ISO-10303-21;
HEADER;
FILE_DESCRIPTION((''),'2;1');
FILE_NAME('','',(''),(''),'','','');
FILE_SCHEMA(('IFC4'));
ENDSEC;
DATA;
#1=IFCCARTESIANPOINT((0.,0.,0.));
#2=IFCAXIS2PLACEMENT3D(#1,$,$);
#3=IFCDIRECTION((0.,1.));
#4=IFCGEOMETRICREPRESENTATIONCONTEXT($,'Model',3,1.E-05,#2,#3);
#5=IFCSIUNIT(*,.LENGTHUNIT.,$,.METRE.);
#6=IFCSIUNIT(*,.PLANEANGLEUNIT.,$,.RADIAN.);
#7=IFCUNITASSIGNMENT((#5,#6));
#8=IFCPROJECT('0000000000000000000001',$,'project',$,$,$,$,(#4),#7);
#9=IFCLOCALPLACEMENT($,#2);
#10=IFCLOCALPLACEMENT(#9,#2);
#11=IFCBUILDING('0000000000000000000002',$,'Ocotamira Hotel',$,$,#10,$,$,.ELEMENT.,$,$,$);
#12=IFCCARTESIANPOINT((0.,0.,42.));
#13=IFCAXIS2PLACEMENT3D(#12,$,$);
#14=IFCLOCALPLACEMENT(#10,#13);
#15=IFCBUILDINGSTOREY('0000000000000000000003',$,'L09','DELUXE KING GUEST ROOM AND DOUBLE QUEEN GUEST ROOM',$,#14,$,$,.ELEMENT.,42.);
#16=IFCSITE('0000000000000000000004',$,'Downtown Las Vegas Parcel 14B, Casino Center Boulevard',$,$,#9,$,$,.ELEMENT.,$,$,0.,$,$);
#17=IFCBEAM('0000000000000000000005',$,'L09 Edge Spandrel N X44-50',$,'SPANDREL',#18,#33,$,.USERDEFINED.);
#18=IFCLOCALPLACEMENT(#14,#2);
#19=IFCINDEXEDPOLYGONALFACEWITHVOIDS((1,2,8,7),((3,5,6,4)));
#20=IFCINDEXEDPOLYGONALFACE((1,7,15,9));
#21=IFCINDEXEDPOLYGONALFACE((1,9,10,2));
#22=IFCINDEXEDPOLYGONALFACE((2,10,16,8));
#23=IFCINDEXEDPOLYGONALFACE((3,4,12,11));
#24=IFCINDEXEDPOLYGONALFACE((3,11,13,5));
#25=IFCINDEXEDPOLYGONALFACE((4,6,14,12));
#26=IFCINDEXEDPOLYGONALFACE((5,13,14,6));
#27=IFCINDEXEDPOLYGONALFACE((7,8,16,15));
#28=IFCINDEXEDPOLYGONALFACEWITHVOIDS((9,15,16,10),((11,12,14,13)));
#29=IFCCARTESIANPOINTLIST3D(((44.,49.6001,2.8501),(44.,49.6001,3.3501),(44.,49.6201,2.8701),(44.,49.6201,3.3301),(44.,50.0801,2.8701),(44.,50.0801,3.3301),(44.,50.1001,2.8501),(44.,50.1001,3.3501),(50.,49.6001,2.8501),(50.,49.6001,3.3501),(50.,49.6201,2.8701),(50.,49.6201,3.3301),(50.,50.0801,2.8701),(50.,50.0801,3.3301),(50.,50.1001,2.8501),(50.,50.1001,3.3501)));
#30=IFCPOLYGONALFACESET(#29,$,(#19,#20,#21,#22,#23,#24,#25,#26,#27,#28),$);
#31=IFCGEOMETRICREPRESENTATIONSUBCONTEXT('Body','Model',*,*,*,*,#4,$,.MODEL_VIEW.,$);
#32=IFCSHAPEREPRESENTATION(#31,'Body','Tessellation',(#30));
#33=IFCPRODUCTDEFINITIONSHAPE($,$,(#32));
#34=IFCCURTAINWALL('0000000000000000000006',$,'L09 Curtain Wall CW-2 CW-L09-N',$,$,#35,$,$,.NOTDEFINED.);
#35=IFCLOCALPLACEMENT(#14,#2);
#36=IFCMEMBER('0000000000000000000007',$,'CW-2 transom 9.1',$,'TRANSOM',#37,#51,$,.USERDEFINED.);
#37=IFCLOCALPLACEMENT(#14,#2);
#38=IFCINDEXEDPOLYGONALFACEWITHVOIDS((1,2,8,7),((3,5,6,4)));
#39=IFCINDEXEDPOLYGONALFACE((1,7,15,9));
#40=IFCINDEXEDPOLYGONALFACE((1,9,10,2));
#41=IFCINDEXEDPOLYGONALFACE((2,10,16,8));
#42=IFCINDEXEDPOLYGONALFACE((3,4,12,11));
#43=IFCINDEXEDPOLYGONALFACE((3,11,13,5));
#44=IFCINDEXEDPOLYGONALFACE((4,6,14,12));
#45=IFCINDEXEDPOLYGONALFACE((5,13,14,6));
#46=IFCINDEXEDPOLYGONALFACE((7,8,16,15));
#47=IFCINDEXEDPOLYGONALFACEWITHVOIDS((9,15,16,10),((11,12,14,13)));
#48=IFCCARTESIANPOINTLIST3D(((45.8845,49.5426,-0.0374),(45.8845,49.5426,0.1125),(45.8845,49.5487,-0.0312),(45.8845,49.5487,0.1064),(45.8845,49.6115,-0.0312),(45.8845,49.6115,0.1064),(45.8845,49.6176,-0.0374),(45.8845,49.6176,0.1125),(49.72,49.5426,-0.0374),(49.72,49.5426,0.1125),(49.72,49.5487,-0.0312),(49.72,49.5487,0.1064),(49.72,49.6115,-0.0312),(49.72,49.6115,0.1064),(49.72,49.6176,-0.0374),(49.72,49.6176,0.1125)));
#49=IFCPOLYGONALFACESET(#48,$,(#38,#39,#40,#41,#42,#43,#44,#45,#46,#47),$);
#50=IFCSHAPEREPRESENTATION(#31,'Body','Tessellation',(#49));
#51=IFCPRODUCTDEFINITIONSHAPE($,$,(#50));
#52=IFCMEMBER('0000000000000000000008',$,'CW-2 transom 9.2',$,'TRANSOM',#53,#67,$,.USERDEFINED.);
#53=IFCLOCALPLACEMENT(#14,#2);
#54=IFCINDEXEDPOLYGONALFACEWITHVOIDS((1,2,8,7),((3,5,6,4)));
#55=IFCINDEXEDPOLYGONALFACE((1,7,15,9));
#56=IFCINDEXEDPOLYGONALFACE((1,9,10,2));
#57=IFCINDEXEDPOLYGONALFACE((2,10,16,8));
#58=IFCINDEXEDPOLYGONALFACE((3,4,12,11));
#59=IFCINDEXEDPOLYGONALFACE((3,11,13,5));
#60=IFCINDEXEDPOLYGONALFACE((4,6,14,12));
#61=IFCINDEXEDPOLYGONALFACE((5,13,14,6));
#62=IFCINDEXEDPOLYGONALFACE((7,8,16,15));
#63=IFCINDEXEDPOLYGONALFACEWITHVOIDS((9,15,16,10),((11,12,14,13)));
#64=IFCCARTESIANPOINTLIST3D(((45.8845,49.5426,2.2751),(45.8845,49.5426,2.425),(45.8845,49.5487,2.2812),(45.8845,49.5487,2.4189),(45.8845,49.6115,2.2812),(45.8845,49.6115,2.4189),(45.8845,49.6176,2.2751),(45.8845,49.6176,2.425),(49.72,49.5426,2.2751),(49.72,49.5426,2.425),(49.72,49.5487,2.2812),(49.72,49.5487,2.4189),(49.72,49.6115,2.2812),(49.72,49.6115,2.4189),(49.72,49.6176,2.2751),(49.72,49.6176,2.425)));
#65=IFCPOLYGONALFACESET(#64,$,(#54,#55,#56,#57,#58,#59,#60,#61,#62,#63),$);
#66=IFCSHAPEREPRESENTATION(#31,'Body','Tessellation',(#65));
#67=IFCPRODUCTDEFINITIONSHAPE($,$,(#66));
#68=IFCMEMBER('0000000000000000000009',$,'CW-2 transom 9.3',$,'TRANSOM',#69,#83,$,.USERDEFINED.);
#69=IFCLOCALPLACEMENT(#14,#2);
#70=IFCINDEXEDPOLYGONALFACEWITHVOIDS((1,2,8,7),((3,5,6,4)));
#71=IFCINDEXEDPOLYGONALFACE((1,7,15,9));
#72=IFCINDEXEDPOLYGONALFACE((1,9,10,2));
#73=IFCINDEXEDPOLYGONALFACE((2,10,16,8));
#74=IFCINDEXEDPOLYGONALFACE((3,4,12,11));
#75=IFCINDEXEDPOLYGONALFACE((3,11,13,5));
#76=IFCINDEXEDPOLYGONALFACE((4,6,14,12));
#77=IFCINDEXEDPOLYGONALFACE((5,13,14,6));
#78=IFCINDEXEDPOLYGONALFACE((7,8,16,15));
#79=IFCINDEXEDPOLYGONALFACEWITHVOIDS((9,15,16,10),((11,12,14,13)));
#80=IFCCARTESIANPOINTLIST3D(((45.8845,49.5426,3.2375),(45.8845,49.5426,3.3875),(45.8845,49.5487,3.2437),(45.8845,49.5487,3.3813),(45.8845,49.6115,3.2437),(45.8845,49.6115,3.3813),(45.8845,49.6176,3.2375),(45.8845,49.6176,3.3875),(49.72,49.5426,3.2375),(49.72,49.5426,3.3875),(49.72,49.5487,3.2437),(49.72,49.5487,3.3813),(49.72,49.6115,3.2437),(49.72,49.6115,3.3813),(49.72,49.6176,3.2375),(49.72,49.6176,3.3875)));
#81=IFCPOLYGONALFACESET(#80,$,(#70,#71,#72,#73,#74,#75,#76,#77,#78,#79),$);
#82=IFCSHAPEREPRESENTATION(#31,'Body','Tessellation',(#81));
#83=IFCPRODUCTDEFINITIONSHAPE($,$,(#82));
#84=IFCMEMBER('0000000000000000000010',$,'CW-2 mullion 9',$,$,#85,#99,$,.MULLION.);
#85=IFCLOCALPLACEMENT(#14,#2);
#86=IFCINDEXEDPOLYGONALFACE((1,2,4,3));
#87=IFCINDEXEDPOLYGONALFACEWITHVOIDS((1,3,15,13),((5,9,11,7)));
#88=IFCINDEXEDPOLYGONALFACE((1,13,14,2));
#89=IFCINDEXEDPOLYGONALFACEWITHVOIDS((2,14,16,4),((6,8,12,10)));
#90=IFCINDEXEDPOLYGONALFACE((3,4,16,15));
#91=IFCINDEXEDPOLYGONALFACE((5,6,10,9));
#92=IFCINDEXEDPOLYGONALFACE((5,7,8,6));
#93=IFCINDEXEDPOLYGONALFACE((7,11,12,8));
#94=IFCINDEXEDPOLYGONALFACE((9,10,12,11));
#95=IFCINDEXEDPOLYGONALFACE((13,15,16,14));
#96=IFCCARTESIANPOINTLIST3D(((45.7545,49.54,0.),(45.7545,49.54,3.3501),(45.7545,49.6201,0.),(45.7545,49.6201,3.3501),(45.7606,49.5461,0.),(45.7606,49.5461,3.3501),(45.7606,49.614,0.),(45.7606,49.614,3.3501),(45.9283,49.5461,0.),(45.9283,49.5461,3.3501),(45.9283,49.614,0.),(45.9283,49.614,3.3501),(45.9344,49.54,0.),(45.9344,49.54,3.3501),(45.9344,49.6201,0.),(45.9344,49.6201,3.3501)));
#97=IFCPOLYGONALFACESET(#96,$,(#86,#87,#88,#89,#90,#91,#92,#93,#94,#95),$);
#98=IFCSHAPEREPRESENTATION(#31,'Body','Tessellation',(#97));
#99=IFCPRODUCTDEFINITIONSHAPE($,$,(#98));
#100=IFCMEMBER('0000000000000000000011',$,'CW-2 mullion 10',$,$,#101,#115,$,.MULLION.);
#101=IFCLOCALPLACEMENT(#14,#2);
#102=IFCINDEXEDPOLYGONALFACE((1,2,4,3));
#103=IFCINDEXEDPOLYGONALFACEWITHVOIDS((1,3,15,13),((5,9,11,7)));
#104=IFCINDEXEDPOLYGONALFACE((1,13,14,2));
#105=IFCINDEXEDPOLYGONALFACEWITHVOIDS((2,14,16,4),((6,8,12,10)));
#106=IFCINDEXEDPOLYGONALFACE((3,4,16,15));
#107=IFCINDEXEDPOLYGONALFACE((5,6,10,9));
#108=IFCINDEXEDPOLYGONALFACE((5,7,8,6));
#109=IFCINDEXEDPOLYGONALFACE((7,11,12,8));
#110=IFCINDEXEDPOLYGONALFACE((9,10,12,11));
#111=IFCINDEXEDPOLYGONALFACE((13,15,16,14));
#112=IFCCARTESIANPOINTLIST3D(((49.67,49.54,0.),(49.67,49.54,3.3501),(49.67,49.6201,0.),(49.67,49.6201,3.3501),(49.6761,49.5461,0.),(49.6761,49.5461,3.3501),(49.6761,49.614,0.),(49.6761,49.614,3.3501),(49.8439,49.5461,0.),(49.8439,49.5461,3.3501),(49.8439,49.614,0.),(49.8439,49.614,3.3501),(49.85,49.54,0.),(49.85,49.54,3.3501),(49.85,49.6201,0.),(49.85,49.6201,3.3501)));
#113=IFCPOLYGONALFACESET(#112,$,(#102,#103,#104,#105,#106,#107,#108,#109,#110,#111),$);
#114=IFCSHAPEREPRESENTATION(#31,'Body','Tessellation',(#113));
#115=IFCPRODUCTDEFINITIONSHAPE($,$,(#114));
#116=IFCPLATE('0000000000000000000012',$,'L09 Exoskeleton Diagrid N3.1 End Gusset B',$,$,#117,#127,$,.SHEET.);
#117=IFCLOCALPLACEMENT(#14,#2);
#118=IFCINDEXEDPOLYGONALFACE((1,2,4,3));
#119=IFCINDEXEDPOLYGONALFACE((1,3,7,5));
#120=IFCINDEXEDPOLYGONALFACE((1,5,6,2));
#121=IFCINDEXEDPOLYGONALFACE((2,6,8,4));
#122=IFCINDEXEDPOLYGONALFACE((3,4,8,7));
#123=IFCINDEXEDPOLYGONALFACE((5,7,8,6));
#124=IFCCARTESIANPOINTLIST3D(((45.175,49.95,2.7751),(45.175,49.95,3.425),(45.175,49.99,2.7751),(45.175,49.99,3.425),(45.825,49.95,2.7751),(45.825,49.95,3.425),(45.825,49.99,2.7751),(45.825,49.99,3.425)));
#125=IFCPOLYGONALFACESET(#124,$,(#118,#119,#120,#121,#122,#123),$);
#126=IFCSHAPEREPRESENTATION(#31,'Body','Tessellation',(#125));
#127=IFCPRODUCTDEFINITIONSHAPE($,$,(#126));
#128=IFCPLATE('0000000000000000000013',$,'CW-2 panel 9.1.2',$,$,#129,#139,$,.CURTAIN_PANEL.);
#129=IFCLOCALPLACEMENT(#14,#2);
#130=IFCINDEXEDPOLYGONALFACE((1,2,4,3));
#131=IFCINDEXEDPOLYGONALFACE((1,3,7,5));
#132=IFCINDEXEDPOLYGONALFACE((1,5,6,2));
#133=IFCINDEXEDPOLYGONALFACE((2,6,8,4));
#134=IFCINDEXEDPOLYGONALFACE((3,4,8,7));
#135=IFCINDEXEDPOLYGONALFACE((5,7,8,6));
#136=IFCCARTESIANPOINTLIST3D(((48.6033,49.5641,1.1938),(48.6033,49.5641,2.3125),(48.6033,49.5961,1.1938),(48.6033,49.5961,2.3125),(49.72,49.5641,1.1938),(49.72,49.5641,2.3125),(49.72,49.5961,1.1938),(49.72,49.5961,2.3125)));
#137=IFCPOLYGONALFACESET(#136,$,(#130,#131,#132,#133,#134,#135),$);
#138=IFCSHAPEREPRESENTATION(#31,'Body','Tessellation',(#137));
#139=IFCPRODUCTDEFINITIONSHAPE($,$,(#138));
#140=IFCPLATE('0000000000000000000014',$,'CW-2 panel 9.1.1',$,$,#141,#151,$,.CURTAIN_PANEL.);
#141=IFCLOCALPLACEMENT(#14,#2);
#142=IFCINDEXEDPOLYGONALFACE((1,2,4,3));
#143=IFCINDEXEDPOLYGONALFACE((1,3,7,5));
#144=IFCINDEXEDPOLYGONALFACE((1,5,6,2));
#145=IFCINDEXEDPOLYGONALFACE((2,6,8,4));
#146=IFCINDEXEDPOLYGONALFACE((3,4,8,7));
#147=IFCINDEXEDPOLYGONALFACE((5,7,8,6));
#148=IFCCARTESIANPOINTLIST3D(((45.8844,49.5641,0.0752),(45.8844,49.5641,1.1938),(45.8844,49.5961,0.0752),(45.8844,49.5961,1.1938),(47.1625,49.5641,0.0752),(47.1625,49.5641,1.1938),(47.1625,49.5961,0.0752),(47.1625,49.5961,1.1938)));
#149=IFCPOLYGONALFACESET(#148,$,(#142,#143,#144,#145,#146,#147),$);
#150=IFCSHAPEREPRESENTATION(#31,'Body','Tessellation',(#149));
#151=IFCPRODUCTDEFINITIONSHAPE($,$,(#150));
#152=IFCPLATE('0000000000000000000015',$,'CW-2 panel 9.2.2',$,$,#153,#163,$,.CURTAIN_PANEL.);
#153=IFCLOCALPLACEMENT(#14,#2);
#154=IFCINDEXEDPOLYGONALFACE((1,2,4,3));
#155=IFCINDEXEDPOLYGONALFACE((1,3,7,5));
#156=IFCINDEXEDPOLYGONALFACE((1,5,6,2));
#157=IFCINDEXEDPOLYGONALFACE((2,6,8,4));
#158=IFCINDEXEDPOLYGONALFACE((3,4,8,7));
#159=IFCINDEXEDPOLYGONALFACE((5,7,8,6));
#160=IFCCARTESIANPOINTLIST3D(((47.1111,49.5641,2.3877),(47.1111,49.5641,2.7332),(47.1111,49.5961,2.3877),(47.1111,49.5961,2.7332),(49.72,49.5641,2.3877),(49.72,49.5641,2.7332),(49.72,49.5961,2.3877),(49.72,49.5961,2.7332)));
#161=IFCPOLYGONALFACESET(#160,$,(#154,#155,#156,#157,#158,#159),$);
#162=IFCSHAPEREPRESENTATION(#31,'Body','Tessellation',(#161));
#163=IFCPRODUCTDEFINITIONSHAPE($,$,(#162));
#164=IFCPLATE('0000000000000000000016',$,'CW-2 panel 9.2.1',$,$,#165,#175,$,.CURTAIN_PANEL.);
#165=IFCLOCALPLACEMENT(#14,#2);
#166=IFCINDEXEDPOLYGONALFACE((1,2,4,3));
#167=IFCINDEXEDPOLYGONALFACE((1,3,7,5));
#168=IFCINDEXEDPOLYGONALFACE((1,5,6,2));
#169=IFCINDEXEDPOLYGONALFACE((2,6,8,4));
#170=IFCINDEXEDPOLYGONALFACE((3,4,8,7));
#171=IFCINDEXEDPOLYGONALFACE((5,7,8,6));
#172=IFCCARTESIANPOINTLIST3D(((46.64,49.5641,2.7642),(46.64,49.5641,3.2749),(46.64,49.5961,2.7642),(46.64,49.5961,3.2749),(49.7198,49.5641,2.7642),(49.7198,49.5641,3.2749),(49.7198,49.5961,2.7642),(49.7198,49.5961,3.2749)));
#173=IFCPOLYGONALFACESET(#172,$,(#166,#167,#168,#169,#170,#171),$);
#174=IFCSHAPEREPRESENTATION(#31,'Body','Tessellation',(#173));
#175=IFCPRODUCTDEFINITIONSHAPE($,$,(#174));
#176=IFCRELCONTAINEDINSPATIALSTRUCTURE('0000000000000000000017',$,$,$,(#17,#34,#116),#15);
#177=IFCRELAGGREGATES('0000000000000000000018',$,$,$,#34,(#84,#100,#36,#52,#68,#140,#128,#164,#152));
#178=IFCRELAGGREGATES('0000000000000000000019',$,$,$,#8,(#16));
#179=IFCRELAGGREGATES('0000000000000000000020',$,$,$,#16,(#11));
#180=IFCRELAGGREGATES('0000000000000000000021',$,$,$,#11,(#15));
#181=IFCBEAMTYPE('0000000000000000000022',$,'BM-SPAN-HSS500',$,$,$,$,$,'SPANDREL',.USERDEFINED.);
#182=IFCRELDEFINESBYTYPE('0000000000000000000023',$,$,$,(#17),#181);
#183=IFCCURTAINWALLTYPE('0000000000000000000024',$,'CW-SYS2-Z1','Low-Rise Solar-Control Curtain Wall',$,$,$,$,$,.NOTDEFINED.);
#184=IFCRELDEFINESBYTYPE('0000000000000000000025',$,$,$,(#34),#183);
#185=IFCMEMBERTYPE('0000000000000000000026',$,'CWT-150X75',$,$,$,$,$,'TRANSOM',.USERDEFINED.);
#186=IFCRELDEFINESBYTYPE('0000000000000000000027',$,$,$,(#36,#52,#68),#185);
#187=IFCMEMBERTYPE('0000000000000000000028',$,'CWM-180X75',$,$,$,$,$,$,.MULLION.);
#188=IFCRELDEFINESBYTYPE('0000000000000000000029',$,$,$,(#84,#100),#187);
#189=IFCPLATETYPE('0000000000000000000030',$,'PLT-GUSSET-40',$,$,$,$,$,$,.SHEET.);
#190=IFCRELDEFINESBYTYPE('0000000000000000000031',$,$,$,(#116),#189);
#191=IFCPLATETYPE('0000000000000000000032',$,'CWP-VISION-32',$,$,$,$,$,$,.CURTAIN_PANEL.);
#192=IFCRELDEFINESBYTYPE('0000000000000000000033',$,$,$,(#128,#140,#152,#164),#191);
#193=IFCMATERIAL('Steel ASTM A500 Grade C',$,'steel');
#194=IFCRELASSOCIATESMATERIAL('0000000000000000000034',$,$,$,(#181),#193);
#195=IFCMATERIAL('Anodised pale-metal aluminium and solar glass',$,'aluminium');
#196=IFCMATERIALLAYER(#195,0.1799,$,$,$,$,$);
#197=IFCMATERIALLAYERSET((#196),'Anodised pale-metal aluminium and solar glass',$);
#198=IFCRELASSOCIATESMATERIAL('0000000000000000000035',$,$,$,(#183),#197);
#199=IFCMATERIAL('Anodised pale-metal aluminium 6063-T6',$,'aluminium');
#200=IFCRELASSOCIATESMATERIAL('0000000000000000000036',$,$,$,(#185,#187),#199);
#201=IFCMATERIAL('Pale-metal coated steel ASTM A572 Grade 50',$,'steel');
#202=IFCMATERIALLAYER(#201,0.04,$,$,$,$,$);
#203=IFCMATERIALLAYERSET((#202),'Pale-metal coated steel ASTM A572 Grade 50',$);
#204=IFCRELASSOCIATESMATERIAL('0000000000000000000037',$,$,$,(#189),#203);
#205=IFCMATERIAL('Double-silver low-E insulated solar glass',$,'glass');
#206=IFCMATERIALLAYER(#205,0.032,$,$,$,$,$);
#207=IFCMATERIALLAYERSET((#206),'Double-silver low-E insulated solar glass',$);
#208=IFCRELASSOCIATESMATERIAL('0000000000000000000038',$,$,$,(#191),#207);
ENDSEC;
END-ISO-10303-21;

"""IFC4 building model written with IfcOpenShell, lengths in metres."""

from ifc_helpers import new_model, si_unit, direction, frame, origin, origin_2d, place, context, subcontext, project, spatial, rectangle, hollow_rectangle, extrude, source, transform, mapped, material, layer, layer_set, material_profile, profile_set, type_object, element, aggregate, save


model = new_model("IFC4")

# Units and contexts
model_context = context("Model", 3, precision=1e-05, world=origin(), true_north=direction((0.0, 1.0)))
body_context = subcontext(model_context, "Body", "Model", "MODEL_VIEW")
ifc_project = project(units=[si_unit("LENGTHUNIT", "METRE"), si_unit("PLANEANGLEUNIT", "RADIAN")], contexts=[model_context])

# Site, building, storey
site_placement = place(None, origin())
site = spatial("IfcSite", under=ifc_project, at=site_placement, Name="Downtown Las Vegas Parcel 14B, Casino Center Boulevard", CompositionType="ELEMENT", RefElevation=0.0)
building_placement = place(site_placement, origin())
building = spatial("IfcBuilding", under=site, at=building_placement, Name="Ocotamira Hotel", CompositionType="ELEMENT")
storey_placement = place(building_placement, frame((0.0, 0.0, 42.0)))
storey = spatial("IfcBuildingStorey", under=building, at=storey_placement, Name="L09", Description="DELUXE KING GUEST ROOM AND DOUBLE QUEEN GUEST ROOM", CompositionType="ELEMENT", Elevation=42.0)

# Beam
ifc_material_1 = material(Name="Steel ASTM A500 Grade C", Category="steel")
ifc_material_profile_1 = material_profile(ifc_material_1, hollow_rectangle(XDim=0.5, YDim=0.5, WallThickness=0.02, at=origin_2d()), Name="HSS500X500X20")
ifc_profile_set_1 = profile_set([ifc_material_profile_1], Name="Steel ASTM A500 Grade C")
beam_type = type_object("IfcBeamType", Name="BM-SPAN-HSS500", ElementType="SPANDREL", PredefinedType="USERDEFINED", material=ifc_profile_set_1)
shared_shape_1 = source(origin(), body_context, "Body", "SweptSolid", [
    extrude(hollow_rectangle(XDim=0.5, YDim=0.5, WallThickness=0.02, at=origin_2d()), origin(), (0.0, 0.0, 1.0), 6.0),
])
beam_placement = place(storey_placement, frame((44.0, 49.8501, 3.1001), z_axis=(1.0, 0.0, 0.0), x_axis=(0.0, 1.0, 0.0)))
element("IfcBeam", 1, at=beam_placement, inside=storey, type_object=beam_type, Name="L09 Edge Spandrel N X44-50", ObjectType="SPANDREL", PredefinedType="USERDEFINED", context=body_context, shape_type="MappedRepresentation", body=[
    mapped(shared_shape_1, transform((0.0, 0.0, 0.0), scale=1.0)),
])

# Curtain wall, members
ifc_material_2 = material(Name="Anodised pale-metal aluminium and solar glass", Category="aluminium")
ifc_layer_1 = layer(ifc_material_2, 0.1799)
ifc_layer_set_1 = layer_set([ifc_layer_1], Name="Anodised pale-metal aluminium and solar glass")
curtain_wall_type = type_object("IfcCurtainWallType", Name="CW-SYS2-Z1", Description="Low-Rise Solar-Control Curtain Wall", PredefinedType="NOTDEFINED", material=ifc_layer_set_1)
curtain_wall_placement = place(storey_placement, origin())
curtain_wall = element("IfcCurtainWall", 2, at=curtain_wall_placement, inside=storey, type_object=curtain_wall_type, Name="L09 Curtain Wall CW-2 CW-L09-N", PredefinedType="NOTDEFINED")
ifc_material_3 = material(Name="Anodised pale-metal aluminium 6063-T6", Category="aluminium")
ifc_material_profile_2 = material_profile(ifc_material_3, hollow_rectangle(XDim=0.075, YDim=0.1499, WallThickness=0.0061, at=origin_2d()), Name="HSS150X75X6")
ifc_profile_set_2 = profile_set([ifc_material_profile_2], Name="Anodised pale-metal aluminium 6063-T6")
member_type_1 = type_object("IfcMemberType", Name="CWT-150X75", ElementType="TRANSOM", PredefinedType="USERDEFINED", material=ifc_profile_set_2)
shared_shape_2 = source(origin(), body_context, "Body", "SweptSolid", [
    extrude(hollow_rectangle(XDim=0.075, YDim=0.1499, WallThickness=0.0061, at=origin_2d()), origin(), (0.0, 0.0, 1.0), 3.8354),
])
member_1_placement = place(storey_placement, frame((45.8845, 49.5801, 0.0376), z_axis=(1.0, 0.0, 0.0), x_axis=(0.0, 1.0, 0.0)))
member_1 = element("IfcMember", 3, at=member_1_placement, type_object=member_type_1, Name="CW-2 transom 9.1", ObjectType="TRANSOM", PredefinedType="USERDEFINED", context=body_context, shape_type="MappedRepresentation", body=[
    mapped(shared_shape_2, transform((0.0, 0.0, 0.0), scale=1.0)),
])
member_2_placement = place(storey_placement, frame((45.8845, 49.5801, 2.3501), z_axis=(1.0, 0.0, 0.0), x_axis=(0.0, 1.0, 0.0)))
member_2 = element("IfcMember", 4, at=member_2_placement, type_object=member_type_1, Name="CW-2 transom 9.2", ObjectType="TRANSOM", PredefinedType="USERDEFINED", context=body_context, shape_type="MappedRepresentation", body=[
    mapped(shared_shape_2, transform((0.0, 0.0, 0.0), scale=1.0)),
])
member_3_placement = place(storey_placement, frame((45.8845, 49.5801, 3.3125), z_axis=(1.0, 0.0, 0.0), x_axis=(0.0, 1.0, 0.0)))
member_3 = element("IfcMember", 5, at=member_3_placement, type_object=member_type_1, Name="CW-2 transom 9.3", ObjectType="TRANSOM", PredefinedType="USERDEFINED", context=body_context, shape_type="MappedRepresentation", body=[
    mapped(shared_shape_2, transform((0.0, 0.0, 0.0), scale=1.0)),
])
ifc_material_profile_3 = material_profile(ifc_material_3, hollow_rectangle(XDim=0.0801, YDim=0.1799, WallThickness=0.0061, at=origin_2d()), Name="HSS180X80X6")
ifc_profile_set_3 = profile_set([ifc_material_profile_3], Name="Anodised pale-metal aluminium 6063-T6")
member_type_2 = type_object("IfcMemberType", Name="CWM-180X75", PredefinedType="MULLION", material=ifc_profile_set_3)
shared_shape_3 = source(origin(), body_context, "Body", "SweptSolid", [
    extrude(hollow_rectangle(XDim=0.0801, YDim=0.1799, WallThickness=0.0061, at=origin_2d()), origin(), (0.0, 0.0, 1.0), 3.3501),
])
member_4_placement = place(storey_placement, frame((45.8445, 49.5801, 0.0), z_axis=(0.0, 0.0, 1.0), x_axis=(0.0, 1.0, 0.0)))
member_4 = element("IfcMember", 6, at=member_4_placement, type_object=member_type_2, Name="CW-2 mullion 9", PredefinedType="MULLION", context=body_context, shape_type="MappedRepresentation", body=[
    mapped(shared_shape_3, transform((0.0, 0.0, 0.0), scale=1.0)),
])
member_5_placement = place(storey_placement, frame((49.76, 49.5801, 0.0), z_axis=(0.0, 0.0, 1.0), x_axis=(0.0, 1.0, 0.0)))
member_5 = element("IfcMember", 7, at=member_5_placement, type_object=member_type_2, Name="CW-2 mullion 10", PredefinedType="MULLION", context=body_context, shape_type="MappedRepresentation", body=[
    mapped(shared_shape_3, transform((0.0, 0.0, 0.0), scale=1.0)),
])

# Plates
ifc_material_4 = material(Name="Pale-metal coated steel ASTM A572 Grade 50", Category="steel")
ifc_layer_2 = layer(ifc_material_4, 0.04)
ifc_layer_set_2 = layer_set([ifc_layer_2], Name="Pale-metal coated steel ASTM A572 Grade 50")
plate_type_1 = type_object("IfcPlateType", Name="PLT-GUSSET-40", PredefinedType="SHEET", material=ifc_layer_set_2)
shared_shape_4 = source(origin(), body_context, "Body", "SweptSolid", [
    extrude(rectangle(XDim=0.6499, YDim=0.04, at=origin_2d()), origin(), (0.0, 0.0, 1.0), 0.6499),
])
plate_1_placement = place(storey_placement, frame((45.5, 49.97, 2.7751), z_axis=(0.0, 0.0, 1.0), x_axis=(1.0, 0.0, 0.0)))
element("IfcPlate", 8, at=plate_1_placement, inside=storey, type_object=plate_type_1, Name="L09 Exoskeleton Diagrid N3.1 End Gusset B", PredefinedType="SHEET", context=body_context, shape_type="MappedRepresentation", body=[
    mapped(shared_shape_4, transform((0.0, 0.0, 0.0), scale=1.0)),
])
ifc_material_5 = material(Name="Double-silver low-E insulated solar glass", Category="glass")
ifc_layer_3 = layer(ifc_material_5, 0.032)
ifc_layer_set_3 = layer_set([ifc_layer_3], Name="Double-silver low-E insulated solar glass")
plate_type_2 = type_object("IfcPlateType", Name="CWP-VISION-32", PredefinedType="CURTAIN_PANEL", material=ifc_layer_set_3)
shared_shape_5 = source(origin(), body_context, "Body", "SweptSolid", [
    extrude(rectangle(XDim=1.1167, YDim=0.032, at=origin_2d()), origin(), (0.0, 0.0, 1.0), 1.1187),
])
plate_2_placement = place(storey_placement, frame((49.1616, 49.5801, 1.1938), z_axis=(0.0, 0.0, 1.0), x_axis=(1.0, 0.0, 0.0)))
plate_2 = element("IfcPlate", 9, at=plate_2_placement, type_object=plate_type_2, Name="CW-2 panel 9.1.2", PredefinedType="CURTAIN_PANEL", context=body_context, shape_type="MappedRepresentation", body=[
    mapped(shared_shape_5, transform((0.0, 0.0, 0.0), scale=1.0)),
])
shared_shape_6 = source(origin(), body_context, "Body", "SweptSolid", [
    extrude(rectangle(XDim=1.2781, YDim=0.032, at=origin_2d()), origin(), (0.0, 0.0, 1.0), 1.1187),
])
plate_3_placement = place(storey_placement, frame((46.5234, 49.5801, 0.0752), z_axis=(0.0, 0.0, 1.0), x_axis=(1.0, 0.0, 0.0)))
plate_3 = element("IfcPlate", 10, at=plate_3_placement, type_object=plate_type_2, Name="CW-2 panel 9.1.1", PredefinedType="CURTAIN_PANEL", context=body_context, shape_type="MappedRepresentation", body=[
    mapped(shared_shape_6, transform((0.0, 0.0, 0.0), scale=1.0)),
])
shared_shape_7 = source(origin(), body_context, "Body", "SweptSolid", [
    extrude(rectangle(XDim=2.6089, YDim=0.032, at=origin_2d()), origin(), (0.0, 0.0, 1.0), 0.3455),
])
plate_4_placement = place(storey_placement, frame((48.4155, 49.5801, 2.3877), z_axis=(0.0, 0.0, 1.0), x_axis=(1.0, 0.0, 0.0)))
plate_4 = element("IfcPlate", 11, at=plate_4_placement, type_object=plate_type_2, Name="CW-2 panel 9.2.2", PredefinedType="CURTAIN_PANEL", context=body_context, shape_type="MappedRepresentation", body=[
    mapped(shared_shape_7, transform((0.0, 0.0, 0.0), scale=1.0)),
])
shared_shape_8 = source(origin(), body_context, "Body", "SweptSolid", [
    extrude(rectangle(XDim=3.0798, YDim=0.032, at=origin_2d()), origin(), (0.0, 0.0, 1.0), 0.5107),
])
plate_5_placement = place(storey_placement, frame((48.1799, 49.5801, 2.7642), z_axis=(0.0, 0.0, 1.0), x_axis=(1.0, 0.0, 0.0)))
plate_5 = element("IfcPlate", 12, at=plate_5_placement, type_object=plate_type_2, Name="CW-2 panel 9.2.1", PredefinedType="CURTAIN_PANEL", context=body_context, shape_type="MappedRepresentation", body=[
    mapped(shared_shape_8, transform((0.0, 0.0, 0.0), scale=1.0)),
])
aggregate(curtain_wall, [member_4, member_5, member_1, member_2, member_3, plate_3, plate_2, plate_5, plate_4])

save(model, "model.ifc")
